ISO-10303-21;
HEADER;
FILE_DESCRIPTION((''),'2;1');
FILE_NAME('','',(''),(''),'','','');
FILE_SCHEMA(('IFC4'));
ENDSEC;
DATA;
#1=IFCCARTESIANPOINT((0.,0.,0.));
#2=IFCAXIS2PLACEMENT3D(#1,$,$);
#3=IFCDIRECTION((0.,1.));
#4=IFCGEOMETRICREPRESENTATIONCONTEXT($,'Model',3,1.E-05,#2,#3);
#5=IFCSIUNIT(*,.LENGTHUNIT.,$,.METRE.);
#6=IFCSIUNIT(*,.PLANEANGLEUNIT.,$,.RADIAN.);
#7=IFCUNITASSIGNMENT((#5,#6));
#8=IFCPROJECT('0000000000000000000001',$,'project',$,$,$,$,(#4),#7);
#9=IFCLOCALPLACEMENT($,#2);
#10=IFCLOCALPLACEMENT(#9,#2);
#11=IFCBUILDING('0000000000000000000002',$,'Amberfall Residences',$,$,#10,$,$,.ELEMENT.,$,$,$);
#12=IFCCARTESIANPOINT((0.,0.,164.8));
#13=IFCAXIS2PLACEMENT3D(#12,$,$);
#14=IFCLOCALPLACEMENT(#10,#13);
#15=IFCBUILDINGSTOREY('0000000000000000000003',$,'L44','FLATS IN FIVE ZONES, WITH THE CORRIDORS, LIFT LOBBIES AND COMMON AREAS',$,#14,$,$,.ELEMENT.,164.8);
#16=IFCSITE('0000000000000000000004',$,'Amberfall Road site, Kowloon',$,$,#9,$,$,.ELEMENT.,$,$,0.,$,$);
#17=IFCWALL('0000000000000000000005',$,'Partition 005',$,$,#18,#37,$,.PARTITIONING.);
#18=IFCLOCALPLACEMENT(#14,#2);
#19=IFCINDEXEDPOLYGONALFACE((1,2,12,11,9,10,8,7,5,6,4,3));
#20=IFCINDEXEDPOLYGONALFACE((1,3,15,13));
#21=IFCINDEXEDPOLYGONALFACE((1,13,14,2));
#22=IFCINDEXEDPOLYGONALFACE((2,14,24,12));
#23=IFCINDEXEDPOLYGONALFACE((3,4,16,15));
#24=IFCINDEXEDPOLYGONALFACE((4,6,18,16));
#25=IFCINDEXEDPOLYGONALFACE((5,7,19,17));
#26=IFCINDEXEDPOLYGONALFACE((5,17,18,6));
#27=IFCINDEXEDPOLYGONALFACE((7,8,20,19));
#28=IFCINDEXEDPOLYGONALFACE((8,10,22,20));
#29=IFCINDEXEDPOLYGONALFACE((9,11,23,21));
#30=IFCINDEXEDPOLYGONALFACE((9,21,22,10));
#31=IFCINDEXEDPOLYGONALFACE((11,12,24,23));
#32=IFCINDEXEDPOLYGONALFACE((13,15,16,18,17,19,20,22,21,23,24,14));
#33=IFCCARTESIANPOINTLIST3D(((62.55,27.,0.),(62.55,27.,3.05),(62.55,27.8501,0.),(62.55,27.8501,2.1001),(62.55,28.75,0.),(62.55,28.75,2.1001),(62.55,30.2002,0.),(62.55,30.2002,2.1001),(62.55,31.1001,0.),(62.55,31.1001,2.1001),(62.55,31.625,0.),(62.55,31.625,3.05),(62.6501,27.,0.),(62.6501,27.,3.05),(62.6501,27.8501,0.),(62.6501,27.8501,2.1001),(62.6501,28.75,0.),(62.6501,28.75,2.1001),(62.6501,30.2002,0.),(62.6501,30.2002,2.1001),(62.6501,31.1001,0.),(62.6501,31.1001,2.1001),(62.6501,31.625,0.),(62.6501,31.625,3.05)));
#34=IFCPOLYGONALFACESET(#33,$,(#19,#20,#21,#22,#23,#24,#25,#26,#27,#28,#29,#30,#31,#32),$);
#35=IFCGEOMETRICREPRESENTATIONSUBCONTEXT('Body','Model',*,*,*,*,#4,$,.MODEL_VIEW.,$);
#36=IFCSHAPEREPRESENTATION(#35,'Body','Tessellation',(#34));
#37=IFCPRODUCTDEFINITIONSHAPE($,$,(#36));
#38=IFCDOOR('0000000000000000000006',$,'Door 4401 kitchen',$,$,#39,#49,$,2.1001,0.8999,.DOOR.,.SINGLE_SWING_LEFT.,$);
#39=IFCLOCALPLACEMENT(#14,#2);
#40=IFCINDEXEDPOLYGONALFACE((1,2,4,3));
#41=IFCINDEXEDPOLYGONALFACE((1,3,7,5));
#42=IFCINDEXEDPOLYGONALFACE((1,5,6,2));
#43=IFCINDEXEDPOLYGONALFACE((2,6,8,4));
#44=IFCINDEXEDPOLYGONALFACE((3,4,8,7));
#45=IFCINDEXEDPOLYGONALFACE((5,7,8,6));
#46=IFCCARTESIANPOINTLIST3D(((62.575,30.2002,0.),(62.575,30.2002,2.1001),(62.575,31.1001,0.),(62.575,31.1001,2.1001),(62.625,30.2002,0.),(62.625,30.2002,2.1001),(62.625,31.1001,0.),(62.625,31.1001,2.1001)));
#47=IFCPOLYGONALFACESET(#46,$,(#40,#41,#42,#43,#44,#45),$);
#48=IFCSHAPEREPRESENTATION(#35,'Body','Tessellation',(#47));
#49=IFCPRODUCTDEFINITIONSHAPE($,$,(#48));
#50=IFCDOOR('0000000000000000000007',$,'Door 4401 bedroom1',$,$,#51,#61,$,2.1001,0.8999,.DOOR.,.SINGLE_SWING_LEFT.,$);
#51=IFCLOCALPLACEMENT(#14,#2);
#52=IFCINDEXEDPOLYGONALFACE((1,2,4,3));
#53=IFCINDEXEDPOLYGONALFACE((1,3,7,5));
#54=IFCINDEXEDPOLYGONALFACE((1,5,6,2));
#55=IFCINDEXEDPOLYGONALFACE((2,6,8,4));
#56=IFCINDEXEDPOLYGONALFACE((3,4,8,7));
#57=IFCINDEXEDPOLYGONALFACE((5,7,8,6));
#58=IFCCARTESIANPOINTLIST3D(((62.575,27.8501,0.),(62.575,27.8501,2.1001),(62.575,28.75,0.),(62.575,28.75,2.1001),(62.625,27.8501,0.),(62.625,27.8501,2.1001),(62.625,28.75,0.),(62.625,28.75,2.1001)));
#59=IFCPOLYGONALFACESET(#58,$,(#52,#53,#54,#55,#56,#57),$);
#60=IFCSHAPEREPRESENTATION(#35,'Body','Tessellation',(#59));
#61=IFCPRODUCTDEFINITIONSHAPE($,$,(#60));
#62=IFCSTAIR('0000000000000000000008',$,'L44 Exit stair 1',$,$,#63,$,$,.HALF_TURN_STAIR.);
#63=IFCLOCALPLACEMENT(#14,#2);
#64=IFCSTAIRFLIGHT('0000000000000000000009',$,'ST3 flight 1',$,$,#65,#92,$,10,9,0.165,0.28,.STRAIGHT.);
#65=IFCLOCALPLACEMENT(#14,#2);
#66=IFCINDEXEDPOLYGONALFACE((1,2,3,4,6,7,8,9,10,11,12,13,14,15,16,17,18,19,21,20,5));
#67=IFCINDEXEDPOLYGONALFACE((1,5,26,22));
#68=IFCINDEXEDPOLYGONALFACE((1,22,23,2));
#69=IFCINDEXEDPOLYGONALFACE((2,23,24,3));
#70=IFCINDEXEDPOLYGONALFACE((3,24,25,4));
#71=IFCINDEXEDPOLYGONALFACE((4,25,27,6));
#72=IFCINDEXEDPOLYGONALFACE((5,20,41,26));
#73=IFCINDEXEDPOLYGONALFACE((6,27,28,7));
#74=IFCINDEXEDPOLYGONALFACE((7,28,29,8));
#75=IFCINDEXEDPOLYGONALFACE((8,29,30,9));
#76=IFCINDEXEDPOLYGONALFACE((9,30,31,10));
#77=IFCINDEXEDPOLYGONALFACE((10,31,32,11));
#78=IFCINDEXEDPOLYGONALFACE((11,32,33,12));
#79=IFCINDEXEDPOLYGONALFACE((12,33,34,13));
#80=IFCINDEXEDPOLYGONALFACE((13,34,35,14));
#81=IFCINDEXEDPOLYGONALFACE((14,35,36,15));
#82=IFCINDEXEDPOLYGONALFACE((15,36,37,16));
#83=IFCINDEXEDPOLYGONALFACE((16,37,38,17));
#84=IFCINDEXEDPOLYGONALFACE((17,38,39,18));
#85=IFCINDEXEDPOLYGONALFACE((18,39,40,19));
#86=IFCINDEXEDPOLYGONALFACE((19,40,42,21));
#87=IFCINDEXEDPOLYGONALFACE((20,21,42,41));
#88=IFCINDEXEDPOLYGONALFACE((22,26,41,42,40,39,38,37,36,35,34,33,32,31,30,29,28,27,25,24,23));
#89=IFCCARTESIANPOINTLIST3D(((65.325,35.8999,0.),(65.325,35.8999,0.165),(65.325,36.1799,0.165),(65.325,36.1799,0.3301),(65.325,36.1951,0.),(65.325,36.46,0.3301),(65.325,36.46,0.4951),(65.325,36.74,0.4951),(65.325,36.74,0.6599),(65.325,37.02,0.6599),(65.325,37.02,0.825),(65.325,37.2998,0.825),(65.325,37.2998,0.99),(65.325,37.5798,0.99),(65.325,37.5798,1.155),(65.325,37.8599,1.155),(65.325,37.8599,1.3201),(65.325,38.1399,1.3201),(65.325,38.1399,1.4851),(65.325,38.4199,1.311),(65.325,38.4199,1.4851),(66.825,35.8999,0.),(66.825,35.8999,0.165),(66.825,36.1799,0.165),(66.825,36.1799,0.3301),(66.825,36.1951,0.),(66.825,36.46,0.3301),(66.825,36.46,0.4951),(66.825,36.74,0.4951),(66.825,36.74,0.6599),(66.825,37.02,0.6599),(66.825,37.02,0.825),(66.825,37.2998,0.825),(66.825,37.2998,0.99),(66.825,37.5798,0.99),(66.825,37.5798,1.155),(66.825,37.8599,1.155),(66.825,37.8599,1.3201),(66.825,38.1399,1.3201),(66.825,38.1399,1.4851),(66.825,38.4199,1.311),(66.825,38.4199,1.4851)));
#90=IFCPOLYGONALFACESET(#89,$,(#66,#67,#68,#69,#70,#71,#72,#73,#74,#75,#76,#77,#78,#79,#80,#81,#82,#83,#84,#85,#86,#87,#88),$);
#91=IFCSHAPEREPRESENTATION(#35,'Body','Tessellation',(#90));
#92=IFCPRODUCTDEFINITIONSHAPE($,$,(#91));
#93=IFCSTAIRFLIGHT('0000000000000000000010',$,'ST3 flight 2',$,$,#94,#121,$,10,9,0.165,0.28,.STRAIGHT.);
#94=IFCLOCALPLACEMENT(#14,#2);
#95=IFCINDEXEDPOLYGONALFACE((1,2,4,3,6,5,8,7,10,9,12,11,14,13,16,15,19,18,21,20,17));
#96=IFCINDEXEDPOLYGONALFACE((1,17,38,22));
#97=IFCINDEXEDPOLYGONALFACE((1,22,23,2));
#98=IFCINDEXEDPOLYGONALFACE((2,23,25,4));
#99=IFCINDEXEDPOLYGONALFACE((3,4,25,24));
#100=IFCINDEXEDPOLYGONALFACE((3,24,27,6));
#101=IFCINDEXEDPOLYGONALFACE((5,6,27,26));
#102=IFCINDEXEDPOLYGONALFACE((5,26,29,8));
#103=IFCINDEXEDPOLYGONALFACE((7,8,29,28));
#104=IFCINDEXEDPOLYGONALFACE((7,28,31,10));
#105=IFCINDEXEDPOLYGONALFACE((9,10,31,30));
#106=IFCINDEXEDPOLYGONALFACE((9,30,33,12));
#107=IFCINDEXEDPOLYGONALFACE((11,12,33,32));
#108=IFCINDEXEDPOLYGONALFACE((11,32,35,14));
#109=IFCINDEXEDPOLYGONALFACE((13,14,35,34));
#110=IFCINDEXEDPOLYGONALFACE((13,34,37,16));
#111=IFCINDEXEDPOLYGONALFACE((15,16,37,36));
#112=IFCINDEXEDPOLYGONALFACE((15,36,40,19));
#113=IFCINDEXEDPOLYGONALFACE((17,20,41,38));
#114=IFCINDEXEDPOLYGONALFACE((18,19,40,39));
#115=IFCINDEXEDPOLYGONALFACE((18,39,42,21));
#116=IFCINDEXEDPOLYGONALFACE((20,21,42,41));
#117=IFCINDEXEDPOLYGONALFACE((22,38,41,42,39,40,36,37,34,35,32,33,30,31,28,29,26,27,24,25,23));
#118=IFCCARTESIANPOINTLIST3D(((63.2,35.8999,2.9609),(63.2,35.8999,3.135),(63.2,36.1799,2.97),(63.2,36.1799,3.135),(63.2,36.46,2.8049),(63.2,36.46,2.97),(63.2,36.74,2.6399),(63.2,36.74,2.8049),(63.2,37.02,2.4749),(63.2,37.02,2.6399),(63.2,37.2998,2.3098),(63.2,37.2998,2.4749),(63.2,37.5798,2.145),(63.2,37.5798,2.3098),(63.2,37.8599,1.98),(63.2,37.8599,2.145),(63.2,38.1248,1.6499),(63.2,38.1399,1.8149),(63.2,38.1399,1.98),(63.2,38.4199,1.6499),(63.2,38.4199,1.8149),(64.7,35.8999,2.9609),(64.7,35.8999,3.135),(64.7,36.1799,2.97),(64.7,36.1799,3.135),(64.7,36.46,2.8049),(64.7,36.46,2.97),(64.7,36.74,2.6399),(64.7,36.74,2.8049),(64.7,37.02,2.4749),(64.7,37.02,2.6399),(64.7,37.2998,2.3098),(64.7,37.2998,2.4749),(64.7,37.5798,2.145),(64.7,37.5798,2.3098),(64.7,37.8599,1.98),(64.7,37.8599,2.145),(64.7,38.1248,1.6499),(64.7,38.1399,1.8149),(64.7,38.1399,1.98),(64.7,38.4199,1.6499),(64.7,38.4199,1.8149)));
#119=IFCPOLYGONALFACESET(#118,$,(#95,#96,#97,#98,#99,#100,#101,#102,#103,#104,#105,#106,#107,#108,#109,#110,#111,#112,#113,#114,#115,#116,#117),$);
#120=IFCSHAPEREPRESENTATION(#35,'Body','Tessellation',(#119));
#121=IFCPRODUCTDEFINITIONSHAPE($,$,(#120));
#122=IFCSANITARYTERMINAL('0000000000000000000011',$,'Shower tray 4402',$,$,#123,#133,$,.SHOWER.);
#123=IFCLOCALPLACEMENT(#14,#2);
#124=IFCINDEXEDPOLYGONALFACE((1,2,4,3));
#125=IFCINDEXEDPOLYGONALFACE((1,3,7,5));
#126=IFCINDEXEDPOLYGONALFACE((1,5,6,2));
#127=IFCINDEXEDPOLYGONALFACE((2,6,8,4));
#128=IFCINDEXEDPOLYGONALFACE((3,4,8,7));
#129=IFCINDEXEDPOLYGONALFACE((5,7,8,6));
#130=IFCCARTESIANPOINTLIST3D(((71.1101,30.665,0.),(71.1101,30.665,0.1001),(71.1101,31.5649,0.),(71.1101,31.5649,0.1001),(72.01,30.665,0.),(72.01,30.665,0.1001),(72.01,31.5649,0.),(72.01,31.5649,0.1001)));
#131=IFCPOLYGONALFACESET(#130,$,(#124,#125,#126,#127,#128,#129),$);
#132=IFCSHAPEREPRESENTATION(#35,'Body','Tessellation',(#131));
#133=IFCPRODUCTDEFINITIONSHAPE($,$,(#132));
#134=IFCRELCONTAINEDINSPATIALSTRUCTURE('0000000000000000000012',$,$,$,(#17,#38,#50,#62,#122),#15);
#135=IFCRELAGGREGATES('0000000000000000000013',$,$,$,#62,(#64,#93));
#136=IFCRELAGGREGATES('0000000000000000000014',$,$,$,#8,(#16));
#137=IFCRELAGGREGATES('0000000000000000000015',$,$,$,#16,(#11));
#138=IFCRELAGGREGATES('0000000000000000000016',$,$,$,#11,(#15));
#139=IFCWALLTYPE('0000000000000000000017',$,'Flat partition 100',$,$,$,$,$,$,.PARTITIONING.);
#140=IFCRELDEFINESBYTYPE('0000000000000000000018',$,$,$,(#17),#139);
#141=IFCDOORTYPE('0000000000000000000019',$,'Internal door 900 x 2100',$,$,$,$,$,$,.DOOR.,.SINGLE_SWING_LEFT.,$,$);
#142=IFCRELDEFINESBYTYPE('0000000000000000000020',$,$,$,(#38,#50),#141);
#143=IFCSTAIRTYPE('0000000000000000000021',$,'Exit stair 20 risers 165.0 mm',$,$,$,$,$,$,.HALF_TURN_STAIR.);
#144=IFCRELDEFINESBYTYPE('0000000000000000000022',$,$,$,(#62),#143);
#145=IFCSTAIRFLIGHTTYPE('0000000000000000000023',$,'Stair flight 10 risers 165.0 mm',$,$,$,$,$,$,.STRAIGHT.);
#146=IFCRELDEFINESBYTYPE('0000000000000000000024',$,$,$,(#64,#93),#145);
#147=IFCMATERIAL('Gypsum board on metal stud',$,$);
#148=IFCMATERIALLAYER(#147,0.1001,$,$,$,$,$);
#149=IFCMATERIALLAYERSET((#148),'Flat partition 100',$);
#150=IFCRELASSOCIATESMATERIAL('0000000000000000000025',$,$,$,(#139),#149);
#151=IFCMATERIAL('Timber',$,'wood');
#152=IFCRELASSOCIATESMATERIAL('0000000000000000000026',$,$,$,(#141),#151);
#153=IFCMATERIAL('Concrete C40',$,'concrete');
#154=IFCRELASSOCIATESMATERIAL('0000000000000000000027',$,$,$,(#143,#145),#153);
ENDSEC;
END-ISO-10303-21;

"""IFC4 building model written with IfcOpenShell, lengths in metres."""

from ifc_helpers import new_model, si_unit, direction, frame, frame_2d, origin, origin_2d, place, context, subcontext, project, spatial, polyline, rectangle, outline, extrude, material, layer, layer_set, type_object, element, fill, aggregate, save


model = new_model("IFC4")

# Units and contexts
model_context = context("Model", 3, precision=1e-05, world=origin(), true_north=direction((0.0, 1.0)))
body_context = subcontext(model_context, "Body", "Model", "MODEL_VIEW")
ifc_project = project(units=[si_unit("LENGTHUNIT", "METRE"), si_unit("PLANEANGLEUNIT", "RADIAN")], contexts=[model_context])

# Site, building, storey
site_placement = place(None, origin())
site = spatial("IfcSite", under=ifc_project, at=site_placement, Name="Amberfall Road site, Kowloon", CompositionType="ELEMENT", RefElevation=0.0)
building_placement = place(site_placement, origin())
building = spatial("IfcBuilding", under=site, at=building_placement, Name="Amberfall Residences", CompositionType="ELEMENT")
storey_placement = place(building_placement, frame((0.0, 0.0, 164.8)))
storey = spatial("IfcBuildingStorey", under=building, at=storey_placement, Name="L44", Description="FLATS IN FIVE ZONES, WITH THE CORRIDORS, LIFT LOBBIES AND COMMON AREAS", CompositionType="ELEMENT", Elevation=164.8)

# Wall, openings, doors
ifc_material_1 = material(Name="Gypsum board on metal stud")
ifc_layer_1 = layer(ifc_material_1, 0.1001)
ifc_layer_set_1 = layer_set([ifc_layer_1], Name="Flat partition 100")
wall_type_1 = type_object("IfcWallType", Name="Flat partition 100", PredefinedType="PARTITIONING", material=ifc_layer_set_1)
wall_1_placement = place(storey_placement, frame((62.6001, 31.625, 0.0), z_axis=(0.0, 0.0, 1.0), x_axis=(0.0, -1.0, 0.0)))
wall_1 = element("IfcWall", 1, at=wall_1_placement, inside=storey, type_object=wall_type_1, Name="Partition 005", PredefinedType="PARTITIONING", context=body_context, shape_type="SweptSolid", body=[
    extrude(rectangle(XDim=4.625, YDim=0.1001, at=frame_2d((2.3125, 0.0))), origin(), (0.0, 0.0, 1.0), 3.05),
])
opening_1_placement = place(wall_1_placement, frame((0.5249, 0.0, 0.0)))
opening_1 = element("IfcOpeningElement", 2, at=opening_1_placement, cuts=wall_1, PredefinedType="OPENING", context=body_context, shape_type="SweptSolid", body=[
    extrude(rectangle(XDim=0.8999, YDim=2.1001, at=frame_2d((0.45, 1.05))), frame((0.0, 0.0601, 0.0), z_axis=(0.0, -1.0, 0.0), x_axis=(1.0, 0.0, 0.0)), (0.0, 0.0, 1.0), 0.1201),
])
opening_2_placement = place(wall_1_placement, frame((2.875, 0.0, 0.0)))
opening_2 = element("IfcOpeningElement", 3, at=opening_2_placement, cuts=wall_1, PredefinedType="OPENING", context=body_context, shape_type="SweptSolid", body=[
    extrude(rectangle(XDim=0.8999, YDim=2.1001, at=frame_2d((0.45, 1.05))), frame((0.0, 0.0601, 0.0), z_axis=(0.0, -1.0, 0.0), x_axis=(1.0, 0.0, 0.0)), (0.0, 0.0, 1.0), 0.1201),
])
ifc_material_2 = material(Name="Timber", Category="wood")
door_type_1 = type_object("IfcDoorType", Name="Internal door 900 x 2100", OperationType="SINGLE_SWING_LEFT", PredefinedType="DOOR", material=ifc_material_2)
door_1_placement = place(opening_1_placement, origin())
door_1 = element("IfcDoor", 4, at=door_1_placement, inside=storey, type_object=door_type_1, Name="Door 4401 kitchen", OperationType="SINGLE_SWING_LEFT", OverallHeight=2.1001, OverallWidth=0.8999, PredefinedType="DOOR", context=body_context, shape_type="SweptSolid", body=[
    extrude(rectangle(XDim=0.8999, YDim=2.1001, at=frame_2d((0.45, 1.05))), frame((0.0, 0.0249, 0.0), z_axis=(0.0, -1.0, 0.0), x_axis=(1.0, 0.0, 0.0)), (0.0, 0.0, 1.0), 0.05),
])
fill(opening_1, door_1)
door_2_placement = place(opening_2_placement, origin())
door_2 = element("IfcDoor", 5, at=door_2_placement, inside=storey, type_object=door_type_1, Name="Door 4401 bedroom1", OperationType="SINGLE_SWING_LEFT", OverallHeight=2.1001, OverallWidth=0.8999, PredefinedType="DOOR", context=body_context, shape_type="SweptSolid", body=[
    extrude(rectangle(XDim=0.8999, YDim=2.1001, at=frame_2d((0.45, 1.05))), frame((0.0, 0.0249, 0.0), z_axis=(0.0, -1.0, 0.0), x_axis=(1.0, 0.0, 0.0)), (0.0, 0.0, 1.0), 0.05),
])
fill(opening_2, door_2)

# Stair, stair flights
ifc_material_3 = material(Name="Concrete C40", Category="concrete")
stair_type = type_object("IfcStairType", Name="Exit stair 20 risers 165.0 mm", PredefinedType="HALF_TURN_STAIR", material=ifc_material_3)
stair_placement = place(storey_placement, origin())
stair = element("IfcStair", 6, at=stair_placement, inside=storey, type_object=stair_type, Name="L44 Exit stair 1", PredefinedType="HALF_TURN_STAIR")
stair_flight_type = type_object("IfcStairFlightType", Name="Stair flight 10 risers 165.0 mm", PredefinedType="STRAIGHT", material=ifc_material_3)
stair_flight_1_placement = place(storey_placement, frame((66.075, 35.8999, 0.0), z_axis=(0.0, 0.0, 1.0), x_axis=(0.0, 1.0, 0.0)))
stair_flight_1 = element("IfcStairFlight", 7, at=stair_flight_1_placement, type_object=stair_flight_type, Name="ST3 flight 1", NumberOfRisers=10, NumberOfTreads=9, PredefinedType="STRAIGHT", RiserHeight=0.165, TreadLength=0.28, context=body_context, shape_type="SweptSolid", body=[
    extrude(outline(polyline([(0.0, 0.0), (0.0, 0.165), (0.28, 0.165), (0.28, 0.3301), (0.5601, 0.3301), (0.5601, 0.4951), (0.8401, 0.4951), (0.8401, 0.6599), (1.1201, 0.6599), (1.1201, 0.825), (1.3999, 0.825), (1.3999, 0.99), (1.6799, 0.99), (1.6799, 1.155), (1.96, 1.155), (1.96, 1.3201), (2.24, 1.3201), (2.24, 1.4851), (2.52, 1.4851), (2.52, 1.6499), (2.52, 1.311), (0.2952, 0.0), (0.0, 0.0)])), frame((0.0, 0.75, 0.0), z_axis=(0.0, -1.0, 0.0), x_axis=(1.0, 0.0, 0.0)), (0.0, 0.0, 1.0), 1.5),
])
stair_flight_2_placement = place(storey_placement, frame((63.95, 38.4199, 1.6499), z_axis=(0.0, 0.0, 1.0), x_axis=(0.0, -1.0, 0.0)))
stair_flight_2 = element("IfcStairFlight", 8, at=stair_flight_2_placement, type_object=stair_flight_type, Name="ST3 flight 2", NumberOfRisers=10, NumberOfTreads=9, PredefinedType="STRAIGHT", RiserHeight=0.165, TreadLength=0.28, context=body_context, shape_type="SweptSolid", body=[
    extrude(outline(polyline([(0.0, 0.0), (0.0, 0.165), (0.28, 0.165), (0.28, 0.3301), (0.5601, 0.3301), (0.5601, 0.4951), (0.8401, 0.4951), (0.8401, 0.6599), (1.1201, 0.6599), (1.1201, 0.825), (1.3999, 0.825), (1.3999, 0.99), (1.6799, 0.99), (1.6799, 1.155), (1.96, 1.155), (1.96, 1.3201), (2.24, 1.3201), (2.24, 1.4851), (2.52, 1.4851), (2.52, 1.6499), (2.52, 1.311), (0.2952, 0.0), (0.0, 0.0)])), frame((0.0, 0.75, 0.0), z_axis=(0.0, -1.0, 0.0), x_axis=(1.0, 0.0, 0.0)), (0.0, 0.0, 1.0), 1.5),
])
aggregate(stair, [stair_flight_1, stair_flight_2])

# Sanitary terminal
sanitary_terminal_placement = place(storey_placement, frame((71.5601, 31.115, 0.0), z_axis=(0.0, 0.0, 1.0), x_axis=(1.0, 0.0, 0.0)))
element("IfcSanitaryTerminal", 9, at=sanitary_terminal_placement, inside=storey, Name="Shower tray 4402", PredefinedType="SHOWER", context=body_context, shape_type="SweptSolid", body=[
    extrude(rectangle(XDim=0.8999, YDim=0.8999, at=origin_2d()), origin(), (0.0, 0.0, 1.0), 0.1001),
])

save(model, "model.ifc")
